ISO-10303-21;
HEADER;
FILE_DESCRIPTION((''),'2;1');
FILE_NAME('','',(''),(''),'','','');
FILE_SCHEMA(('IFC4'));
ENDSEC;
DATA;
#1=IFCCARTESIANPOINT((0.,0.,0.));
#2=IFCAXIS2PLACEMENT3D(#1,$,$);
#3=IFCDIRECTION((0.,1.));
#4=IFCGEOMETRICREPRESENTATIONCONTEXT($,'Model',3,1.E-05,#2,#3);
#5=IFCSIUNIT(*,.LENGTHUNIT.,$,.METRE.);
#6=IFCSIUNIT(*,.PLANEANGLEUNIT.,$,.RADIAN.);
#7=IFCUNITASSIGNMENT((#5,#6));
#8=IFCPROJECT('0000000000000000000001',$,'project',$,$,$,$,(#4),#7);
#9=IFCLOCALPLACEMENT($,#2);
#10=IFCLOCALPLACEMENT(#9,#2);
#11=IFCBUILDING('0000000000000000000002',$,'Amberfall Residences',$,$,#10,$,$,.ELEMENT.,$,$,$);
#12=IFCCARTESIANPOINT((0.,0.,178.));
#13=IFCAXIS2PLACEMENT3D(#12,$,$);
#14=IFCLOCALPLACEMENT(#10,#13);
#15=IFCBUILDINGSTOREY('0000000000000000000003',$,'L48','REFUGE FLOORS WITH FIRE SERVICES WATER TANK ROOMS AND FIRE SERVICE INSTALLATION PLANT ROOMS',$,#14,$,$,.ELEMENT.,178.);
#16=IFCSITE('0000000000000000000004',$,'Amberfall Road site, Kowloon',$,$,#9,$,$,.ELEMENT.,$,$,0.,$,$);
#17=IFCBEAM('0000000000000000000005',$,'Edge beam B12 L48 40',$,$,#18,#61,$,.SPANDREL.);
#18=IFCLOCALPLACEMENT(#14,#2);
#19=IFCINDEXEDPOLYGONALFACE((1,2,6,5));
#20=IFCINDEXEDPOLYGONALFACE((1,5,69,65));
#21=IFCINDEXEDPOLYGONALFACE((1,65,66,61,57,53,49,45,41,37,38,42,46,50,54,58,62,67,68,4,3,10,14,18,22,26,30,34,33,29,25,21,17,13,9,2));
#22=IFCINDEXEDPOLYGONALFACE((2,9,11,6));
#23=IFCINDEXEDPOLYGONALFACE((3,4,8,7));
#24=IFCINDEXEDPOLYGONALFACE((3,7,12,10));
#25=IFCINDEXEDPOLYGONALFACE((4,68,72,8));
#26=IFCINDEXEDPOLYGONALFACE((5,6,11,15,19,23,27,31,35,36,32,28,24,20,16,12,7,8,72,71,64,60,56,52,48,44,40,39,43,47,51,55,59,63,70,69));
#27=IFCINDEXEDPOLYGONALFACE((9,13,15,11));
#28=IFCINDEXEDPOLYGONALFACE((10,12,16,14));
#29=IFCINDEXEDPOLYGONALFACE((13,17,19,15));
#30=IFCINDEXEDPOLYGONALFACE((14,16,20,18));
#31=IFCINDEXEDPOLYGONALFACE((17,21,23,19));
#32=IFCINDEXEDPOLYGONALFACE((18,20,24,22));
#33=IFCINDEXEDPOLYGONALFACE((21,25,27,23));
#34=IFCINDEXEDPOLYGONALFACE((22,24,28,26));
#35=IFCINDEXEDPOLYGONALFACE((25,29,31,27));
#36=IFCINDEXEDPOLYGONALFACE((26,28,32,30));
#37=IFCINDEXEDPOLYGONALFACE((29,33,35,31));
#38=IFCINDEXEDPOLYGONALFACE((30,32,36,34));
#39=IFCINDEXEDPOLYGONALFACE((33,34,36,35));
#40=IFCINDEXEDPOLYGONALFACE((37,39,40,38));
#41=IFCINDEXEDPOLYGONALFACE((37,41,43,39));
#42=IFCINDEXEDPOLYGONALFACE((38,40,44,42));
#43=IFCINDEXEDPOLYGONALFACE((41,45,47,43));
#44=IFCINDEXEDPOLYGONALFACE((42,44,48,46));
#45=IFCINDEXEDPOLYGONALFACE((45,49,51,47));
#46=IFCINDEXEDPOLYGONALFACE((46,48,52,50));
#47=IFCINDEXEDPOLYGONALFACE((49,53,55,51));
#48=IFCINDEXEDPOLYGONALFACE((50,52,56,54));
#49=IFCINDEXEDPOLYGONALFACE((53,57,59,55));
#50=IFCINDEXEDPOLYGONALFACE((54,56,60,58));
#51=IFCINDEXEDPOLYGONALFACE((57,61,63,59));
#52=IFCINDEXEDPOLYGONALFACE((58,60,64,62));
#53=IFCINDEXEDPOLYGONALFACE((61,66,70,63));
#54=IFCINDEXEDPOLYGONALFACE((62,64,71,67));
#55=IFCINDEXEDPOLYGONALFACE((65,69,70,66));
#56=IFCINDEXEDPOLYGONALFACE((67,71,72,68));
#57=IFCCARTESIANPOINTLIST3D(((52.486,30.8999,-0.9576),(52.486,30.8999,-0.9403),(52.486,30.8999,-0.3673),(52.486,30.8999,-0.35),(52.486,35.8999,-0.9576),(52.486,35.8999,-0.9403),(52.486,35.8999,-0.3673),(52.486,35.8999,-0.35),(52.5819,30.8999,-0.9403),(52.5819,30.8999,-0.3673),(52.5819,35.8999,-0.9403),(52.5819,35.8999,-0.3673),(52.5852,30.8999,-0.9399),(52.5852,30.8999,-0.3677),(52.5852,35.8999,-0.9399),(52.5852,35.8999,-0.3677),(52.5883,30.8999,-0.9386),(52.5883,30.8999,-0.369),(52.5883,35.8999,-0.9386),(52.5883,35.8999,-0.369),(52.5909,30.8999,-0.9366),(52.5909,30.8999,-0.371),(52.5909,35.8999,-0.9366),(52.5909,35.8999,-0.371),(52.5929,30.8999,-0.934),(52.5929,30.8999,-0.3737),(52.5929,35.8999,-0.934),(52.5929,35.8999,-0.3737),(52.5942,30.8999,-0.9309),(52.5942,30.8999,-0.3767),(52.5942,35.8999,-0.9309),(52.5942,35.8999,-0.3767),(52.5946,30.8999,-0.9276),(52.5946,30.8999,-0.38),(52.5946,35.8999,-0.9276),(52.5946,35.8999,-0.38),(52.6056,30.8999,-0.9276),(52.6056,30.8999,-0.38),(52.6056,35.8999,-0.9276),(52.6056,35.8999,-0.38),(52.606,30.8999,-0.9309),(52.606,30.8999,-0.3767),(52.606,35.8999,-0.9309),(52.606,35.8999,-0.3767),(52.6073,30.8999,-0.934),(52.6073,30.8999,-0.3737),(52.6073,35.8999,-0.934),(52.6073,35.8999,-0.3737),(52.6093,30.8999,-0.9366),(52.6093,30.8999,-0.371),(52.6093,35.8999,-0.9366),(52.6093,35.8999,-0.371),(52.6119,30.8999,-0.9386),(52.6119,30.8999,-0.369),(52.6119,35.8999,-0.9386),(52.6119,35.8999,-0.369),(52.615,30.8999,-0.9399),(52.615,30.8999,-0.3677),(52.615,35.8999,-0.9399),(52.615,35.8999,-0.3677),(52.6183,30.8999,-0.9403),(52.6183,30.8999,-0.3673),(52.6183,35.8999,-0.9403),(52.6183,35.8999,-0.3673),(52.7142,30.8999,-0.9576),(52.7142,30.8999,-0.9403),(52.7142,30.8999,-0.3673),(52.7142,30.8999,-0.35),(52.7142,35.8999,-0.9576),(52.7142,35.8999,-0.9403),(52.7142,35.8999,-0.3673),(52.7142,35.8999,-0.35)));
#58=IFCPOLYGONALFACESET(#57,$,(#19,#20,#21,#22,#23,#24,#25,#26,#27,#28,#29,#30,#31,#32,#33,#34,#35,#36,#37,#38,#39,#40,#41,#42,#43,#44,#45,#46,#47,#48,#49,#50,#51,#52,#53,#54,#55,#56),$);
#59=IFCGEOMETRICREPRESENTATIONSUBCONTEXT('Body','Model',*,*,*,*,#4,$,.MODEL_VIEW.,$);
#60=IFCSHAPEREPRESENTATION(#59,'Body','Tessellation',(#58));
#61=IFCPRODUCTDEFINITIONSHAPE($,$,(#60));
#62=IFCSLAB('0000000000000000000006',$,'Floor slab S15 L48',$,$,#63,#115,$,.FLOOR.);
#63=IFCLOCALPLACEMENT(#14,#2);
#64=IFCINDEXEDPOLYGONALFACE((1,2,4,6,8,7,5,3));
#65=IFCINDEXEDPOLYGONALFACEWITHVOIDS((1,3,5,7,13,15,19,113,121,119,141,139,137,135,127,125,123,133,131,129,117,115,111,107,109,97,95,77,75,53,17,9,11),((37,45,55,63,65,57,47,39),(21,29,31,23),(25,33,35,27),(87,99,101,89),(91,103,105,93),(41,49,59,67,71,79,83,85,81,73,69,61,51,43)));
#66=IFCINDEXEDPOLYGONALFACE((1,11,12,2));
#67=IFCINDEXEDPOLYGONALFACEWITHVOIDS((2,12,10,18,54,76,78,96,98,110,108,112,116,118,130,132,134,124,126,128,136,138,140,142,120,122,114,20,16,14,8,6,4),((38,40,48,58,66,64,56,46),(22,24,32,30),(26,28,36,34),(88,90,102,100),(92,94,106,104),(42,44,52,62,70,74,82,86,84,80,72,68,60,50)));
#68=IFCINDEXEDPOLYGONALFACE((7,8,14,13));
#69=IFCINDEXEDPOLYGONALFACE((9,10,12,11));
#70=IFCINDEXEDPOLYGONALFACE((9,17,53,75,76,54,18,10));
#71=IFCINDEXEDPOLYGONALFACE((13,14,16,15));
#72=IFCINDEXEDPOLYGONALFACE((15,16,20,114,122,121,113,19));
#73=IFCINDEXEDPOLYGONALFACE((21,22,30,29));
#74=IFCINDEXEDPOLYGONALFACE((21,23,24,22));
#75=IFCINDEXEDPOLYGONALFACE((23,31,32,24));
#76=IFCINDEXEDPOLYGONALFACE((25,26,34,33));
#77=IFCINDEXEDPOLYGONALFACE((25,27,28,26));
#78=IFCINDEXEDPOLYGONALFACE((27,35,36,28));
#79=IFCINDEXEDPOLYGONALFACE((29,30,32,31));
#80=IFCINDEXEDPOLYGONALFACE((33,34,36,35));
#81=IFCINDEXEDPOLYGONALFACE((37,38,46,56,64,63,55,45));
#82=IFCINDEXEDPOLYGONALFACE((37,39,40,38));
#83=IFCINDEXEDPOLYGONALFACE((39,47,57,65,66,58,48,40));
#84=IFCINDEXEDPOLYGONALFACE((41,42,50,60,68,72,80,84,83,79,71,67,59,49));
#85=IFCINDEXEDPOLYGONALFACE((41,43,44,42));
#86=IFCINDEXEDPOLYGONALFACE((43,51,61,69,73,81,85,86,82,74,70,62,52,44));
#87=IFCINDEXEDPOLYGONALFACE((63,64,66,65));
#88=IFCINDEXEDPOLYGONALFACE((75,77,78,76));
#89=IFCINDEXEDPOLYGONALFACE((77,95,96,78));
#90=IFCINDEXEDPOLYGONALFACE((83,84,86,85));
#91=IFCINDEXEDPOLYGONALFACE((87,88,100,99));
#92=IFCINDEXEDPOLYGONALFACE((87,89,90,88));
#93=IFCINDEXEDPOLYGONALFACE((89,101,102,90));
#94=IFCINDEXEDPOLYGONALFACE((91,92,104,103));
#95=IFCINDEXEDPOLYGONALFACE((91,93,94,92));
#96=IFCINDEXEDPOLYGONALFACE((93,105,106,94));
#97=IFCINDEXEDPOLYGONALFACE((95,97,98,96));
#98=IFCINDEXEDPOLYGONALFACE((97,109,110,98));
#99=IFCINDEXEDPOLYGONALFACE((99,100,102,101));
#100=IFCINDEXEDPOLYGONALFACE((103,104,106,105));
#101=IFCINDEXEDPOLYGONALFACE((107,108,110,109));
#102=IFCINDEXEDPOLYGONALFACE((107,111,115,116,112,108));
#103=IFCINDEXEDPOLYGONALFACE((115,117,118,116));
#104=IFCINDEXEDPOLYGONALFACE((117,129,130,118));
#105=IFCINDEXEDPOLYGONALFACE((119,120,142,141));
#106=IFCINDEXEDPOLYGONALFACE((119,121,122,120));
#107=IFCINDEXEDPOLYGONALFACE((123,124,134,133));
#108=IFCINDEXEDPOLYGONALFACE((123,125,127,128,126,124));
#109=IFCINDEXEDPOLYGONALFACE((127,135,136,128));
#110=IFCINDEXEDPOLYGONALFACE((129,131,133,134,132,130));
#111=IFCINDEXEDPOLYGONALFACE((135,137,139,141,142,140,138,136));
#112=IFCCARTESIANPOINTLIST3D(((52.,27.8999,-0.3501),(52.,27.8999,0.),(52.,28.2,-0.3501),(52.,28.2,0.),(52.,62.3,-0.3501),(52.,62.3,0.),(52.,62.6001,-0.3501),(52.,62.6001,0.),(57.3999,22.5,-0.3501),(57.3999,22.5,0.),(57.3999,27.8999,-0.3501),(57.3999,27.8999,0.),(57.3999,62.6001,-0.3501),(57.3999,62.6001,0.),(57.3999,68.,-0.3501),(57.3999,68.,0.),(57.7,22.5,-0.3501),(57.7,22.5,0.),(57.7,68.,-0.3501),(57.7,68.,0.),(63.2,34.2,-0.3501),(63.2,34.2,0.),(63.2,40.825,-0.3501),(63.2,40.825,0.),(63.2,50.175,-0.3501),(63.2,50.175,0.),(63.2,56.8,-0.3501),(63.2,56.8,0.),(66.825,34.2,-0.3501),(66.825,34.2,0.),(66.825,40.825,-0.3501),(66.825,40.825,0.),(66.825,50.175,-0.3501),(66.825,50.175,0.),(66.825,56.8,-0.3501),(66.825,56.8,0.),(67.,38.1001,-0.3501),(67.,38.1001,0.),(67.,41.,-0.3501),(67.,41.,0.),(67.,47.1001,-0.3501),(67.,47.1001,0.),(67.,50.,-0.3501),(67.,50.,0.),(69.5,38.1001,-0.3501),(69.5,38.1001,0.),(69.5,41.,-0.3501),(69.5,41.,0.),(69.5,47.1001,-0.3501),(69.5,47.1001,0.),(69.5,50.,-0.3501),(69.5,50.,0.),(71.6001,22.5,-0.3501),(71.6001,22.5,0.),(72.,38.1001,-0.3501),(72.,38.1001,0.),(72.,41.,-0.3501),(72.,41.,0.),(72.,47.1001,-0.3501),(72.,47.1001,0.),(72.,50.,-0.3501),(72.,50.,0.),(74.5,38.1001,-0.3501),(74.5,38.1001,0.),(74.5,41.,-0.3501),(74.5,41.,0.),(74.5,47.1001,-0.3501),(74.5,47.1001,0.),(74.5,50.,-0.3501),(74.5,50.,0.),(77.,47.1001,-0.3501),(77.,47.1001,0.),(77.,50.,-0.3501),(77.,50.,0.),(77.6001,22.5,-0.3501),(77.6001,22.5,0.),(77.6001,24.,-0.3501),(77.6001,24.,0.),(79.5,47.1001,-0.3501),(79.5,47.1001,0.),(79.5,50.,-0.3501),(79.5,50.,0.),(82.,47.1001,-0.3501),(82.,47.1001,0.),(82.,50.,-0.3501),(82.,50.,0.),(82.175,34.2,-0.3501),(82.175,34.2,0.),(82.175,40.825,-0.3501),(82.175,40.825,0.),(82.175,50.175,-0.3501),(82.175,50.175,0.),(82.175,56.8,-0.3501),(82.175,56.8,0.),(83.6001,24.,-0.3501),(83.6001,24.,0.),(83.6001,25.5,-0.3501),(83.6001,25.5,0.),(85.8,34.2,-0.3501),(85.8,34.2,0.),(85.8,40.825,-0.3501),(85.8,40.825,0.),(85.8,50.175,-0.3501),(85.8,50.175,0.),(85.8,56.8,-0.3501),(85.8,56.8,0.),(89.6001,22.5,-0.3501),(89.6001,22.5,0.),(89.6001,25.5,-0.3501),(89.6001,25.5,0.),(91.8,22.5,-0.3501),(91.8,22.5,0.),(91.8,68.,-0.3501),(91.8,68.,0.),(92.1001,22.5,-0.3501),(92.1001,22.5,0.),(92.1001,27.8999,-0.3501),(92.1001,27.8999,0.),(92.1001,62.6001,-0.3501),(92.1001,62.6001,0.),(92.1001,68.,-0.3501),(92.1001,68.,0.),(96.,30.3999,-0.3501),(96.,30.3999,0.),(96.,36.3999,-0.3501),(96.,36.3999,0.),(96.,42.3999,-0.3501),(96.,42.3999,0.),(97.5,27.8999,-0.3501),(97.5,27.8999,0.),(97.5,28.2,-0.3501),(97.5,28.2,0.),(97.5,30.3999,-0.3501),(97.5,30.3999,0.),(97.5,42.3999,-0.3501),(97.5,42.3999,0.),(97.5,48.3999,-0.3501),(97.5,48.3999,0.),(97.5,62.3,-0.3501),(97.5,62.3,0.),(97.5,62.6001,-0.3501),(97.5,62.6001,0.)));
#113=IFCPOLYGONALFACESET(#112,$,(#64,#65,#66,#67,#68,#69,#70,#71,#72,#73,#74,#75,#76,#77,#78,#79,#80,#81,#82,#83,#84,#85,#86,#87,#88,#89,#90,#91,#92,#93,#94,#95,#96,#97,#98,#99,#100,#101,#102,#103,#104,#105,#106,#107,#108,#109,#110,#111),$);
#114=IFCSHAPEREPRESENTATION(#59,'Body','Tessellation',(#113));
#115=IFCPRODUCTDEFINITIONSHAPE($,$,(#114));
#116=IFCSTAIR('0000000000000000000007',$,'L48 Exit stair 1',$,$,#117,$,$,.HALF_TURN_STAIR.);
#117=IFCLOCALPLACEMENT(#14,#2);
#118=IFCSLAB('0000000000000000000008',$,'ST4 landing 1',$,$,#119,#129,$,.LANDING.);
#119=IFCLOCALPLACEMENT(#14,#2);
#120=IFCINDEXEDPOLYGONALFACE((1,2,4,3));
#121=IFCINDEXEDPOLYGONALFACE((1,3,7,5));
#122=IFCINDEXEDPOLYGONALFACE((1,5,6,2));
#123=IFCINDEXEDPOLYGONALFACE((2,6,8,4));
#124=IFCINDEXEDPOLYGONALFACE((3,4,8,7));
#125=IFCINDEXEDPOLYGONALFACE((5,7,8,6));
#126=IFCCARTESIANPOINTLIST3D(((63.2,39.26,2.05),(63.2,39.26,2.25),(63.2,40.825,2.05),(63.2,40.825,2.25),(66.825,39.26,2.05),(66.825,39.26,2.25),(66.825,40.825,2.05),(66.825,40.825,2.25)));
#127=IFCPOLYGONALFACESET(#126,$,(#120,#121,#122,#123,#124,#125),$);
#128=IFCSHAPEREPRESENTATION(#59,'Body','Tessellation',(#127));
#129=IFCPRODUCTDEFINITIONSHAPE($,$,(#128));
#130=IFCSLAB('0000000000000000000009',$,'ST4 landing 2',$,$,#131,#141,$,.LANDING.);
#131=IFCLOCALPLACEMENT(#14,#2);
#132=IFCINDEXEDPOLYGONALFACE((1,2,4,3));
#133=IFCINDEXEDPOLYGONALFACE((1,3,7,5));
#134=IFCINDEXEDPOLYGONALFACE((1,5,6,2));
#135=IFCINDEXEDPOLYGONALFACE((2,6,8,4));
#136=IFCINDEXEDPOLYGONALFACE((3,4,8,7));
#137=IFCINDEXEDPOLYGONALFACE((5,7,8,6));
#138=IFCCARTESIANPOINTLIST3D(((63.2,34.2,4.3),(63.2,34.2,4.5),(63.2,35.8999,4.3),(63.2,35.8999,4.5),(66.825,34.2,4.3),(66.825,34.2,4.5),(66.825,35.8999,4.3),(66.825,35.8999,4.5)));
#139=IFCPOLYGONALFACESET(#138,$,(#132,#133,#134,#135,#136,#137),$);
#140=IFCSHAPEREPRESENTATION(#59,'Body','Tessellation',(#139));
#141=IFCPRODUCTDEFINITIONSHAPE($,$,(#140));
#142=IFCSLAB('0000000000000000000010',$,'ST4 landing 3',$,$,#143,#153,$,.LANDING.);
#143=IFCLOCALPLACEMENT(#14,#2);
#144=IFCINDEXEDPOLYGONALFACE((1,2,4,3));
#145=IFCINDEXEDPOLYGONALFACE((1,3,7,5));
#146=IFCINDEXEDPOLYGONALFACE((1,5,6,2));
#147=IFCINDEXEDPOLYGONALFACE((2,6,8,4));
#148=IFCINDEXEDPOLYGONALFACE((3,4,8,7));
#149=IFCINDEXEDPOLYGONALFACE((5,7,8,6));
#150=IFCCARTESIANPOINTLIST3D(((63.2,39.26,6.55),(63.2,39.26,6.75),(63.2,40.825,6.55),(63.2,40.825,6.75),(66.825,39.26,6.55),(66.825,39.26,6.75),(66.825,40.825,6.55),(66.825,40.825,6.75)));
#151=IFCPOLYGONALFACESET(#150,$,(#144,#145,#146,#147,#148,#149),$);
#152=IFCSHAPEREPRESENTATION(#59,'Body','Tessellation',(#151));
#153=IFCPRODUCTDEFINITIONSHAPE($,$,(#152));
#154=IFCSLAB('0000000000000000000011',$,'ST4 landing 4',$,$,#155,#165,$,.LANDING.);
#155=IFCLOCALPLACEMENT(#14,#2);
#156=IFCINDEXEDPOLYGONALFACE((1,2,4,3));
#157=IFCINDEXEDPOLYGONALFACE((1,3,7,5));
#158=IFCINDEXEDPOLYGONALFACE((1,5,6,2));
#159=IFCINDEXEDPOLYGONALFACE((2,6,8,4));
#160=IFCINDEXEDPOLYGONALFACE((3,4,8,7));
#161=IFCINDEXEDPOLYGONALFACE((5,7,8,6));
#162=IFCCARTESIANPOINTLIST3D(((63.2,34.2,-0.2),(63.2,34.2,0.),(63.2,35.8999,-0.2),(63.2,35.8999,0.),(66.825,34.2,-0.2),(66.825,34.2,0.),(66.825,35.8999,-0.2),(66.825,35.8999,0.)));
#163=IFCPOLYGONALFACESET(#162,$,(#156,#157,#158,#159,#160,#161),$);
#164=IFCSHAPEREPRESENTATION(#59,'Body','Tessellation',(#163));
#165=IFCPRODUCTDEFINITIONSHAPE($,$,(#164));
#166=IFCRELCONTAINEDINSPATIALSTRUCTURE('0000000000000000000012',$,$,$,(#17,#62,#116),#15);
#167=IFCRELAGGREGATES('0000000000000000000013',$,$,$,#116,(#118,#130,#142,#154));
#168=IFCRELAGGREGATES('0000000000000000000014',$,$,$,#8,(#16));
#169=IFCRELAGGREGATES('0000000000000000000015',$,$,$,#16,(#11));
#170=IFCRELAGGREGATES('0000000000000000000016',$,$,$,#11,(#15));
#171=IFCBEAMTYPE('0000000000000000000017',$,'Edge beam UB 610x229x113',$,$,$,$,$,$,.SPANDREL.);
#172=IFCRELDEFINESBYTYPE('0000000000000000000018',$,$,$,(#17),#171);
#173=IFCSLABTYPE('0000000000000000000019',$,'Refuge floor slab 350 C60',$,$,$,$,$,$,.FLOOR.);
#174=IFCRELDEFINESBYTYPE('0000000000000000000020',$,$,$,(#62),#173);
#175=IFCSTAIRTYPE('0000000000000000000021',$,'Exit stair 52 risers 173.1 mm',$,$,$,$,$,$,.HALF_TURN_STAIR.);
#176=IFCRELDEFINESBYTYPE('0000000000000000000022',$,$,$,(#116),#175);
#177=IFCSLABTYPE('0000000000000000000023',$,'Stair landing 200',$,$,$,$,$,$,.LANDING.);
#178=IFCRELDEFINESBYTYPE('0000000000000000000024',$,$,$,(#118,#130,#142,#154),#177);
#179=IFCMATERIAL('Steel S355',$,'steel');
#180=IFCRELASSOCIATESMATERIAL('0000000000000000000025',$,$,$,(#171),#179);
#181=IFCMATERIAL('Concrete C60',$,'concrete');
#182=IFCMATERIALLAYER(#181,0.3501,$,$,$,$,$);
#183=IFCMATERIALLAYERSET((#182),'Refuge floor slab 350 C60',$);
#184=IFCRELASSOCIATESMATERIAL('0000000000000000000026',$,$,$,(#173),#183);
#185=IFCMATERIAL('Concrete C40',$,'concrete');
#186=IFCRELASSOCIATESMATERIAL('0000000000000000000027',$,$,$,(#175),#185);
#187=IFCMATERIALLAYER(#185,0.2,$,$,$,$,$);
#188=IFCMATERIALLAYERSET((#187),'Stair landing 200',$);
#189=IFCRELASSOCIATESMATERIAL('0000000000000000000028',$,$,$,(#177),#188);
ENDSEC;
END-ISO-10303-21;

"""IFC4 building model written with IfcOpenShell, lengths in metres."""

from ifc_helpers import new_model, si_unit, direction, frame, origin, origin_2d, place, context, subcontext, project, spatial, polyline, i_section, outline, extrude, material, layer, layer_set, material_profile, profile_set, type_object, element, aggregate, save


model = new_model("IFC4")

# Units and contexts
model_context = context("Model", 3, precision=1e-05, world=origin(), true_north=direction((0.0, 1.0)))
body_context = subcontext(model_context, "Body", "Model", "MODEL_VIEW")
ifc_project = project(units=[si_unit("LENGTHUNIT", "METRE"), si_unit("PLANEANGLEUNIT", "RADIAN")], contexts=[model_context])

# Site, building, storey
site_placement = place(None, origin())
site = spatial("IfcSite", under=ifc_project, at=site_placement, Name="Amberfall Road site, Kowloon", CompositionType="ELEMENT", RefElevation=0.0)
building_placement = place(site_placement, origin())
building = spatial("IfcBuilding", under=site, at=building_placement, Name="Amberfall Residences", CompositionType="ELEMENT")
storey_placement = place(building_placement, frame((0.0, 0.0, 178.0)))
storey = spatial("IfcBuildingStorey", under=building, at=storey_placement, Name="L48", Description="REFUGE FLOORS WITH FIRE SERVICES WATER TANK ROOMS AND FIRE SERVICE INSTALLATION PLANT ROOMS", CompositionType="ELEMENT", Elevation=178.0)

# Shared definitions
ifc_material_1 = material(Name="Concrete C60", Category="concrete")

# Beam
ifc_material_2 = material(Name="Steel S355", Category="steel")
ifc_material_profile_1 = material_profile(ifc_material_2, i_section(OverallWidth=0.2283, OverallDepth=0.6077, WebThickness=0.011, FlangeThickness=0.0173, FilletRadius=0.0127, at=origin_2d()), Name="UB 610x229x113")
ifc_profile_set_1 = profile_set([ifc_material_profile_1], Name="Steel S355")
beam_type_1 = type_object("IfcBeamType", Name="Edge beam UB 610x229x113", PredefinedType="SPANDREL", material=ifc_profile_set_1)
beam_placement = place(storey_placement, frame((52.6001, 30.8999, -0.6538), z_axis=(0.0, 1.0, 0.0), x_axis=(-1.0, 0.0, 0.0)))
element("IfcBeam", 1, at=beam_placement, inside=storey, type_object=beam_type_1, Name="Edge beam B12 L48 40", PredefinedType="SPANDREL", context=body_context, shape_type="SweptSolid", body=[
    extrude(i_section(OverallWidth=0.2283, OverallDepth=0.6077, WebThickness=0.011, FlangeThickness=0.0173, FilletRadius=0.0127, at=origin_2d()), origin(), (0.0, 0.0, 1.0), 5.0),
])

# Slab
ifc_layer_1 = layer(ifc_material_1, 0.3501)
ifc_layer_set_1 = layer_set([ifc_layer_1], Name="Refuge floor slab 350 C60")
slab_type_1 = type_object("IfcSlabType", Name="Refuge floor slab 350 C60", PredefinedType="FLOOR", material=ifc_layer_set_1)
slab_1_placement = place(storey_placement, frame((0.0, 0.0, -0.3501)))
element("IfcSlab", 2, at=slab_1_placement, inside=storey, type_object=slab_type_1, Name="Floor slab S15 L48", PredefinedType="FLOOR", context=body_context, shape_type="SweptSolid", body=[
    extrude(outline(polyline([(89.6001, 22.5), (89.6001, 25.5), (83.6001, 25.5), (83.6001, 24.0), (77.6001, 24.0), (77.6001, 22.5), (71.6001, 22.5), (57.7, 22.5), (57.3999, 22.5), (57.3999, 27.8999), (52.0, 27.8999), (52.0, 28.2), (52.0, 62.3), (52.0, 62.6001), (57.3999, 62.6001), (57.3999, 68.0), (57.7, 68.0), (91.8, 68.0), (92.1001, 68.0), (92.1001, 62.6001), (97.5, 62.6001), (97.5, 62.3), (97.5, 48.3999), (97.5, 42.3999), (96.0, 42.3999), (96.0, 36.3999), (96.0, 30.3999), (97.5, 30.3999), (97.5, 28.2), (97.5, 27.8999), (92.1001, 27.8999), (92.1001, 22.5), (91.8, 22.5), (89.6001, 22.5)]), holes=[polyline([(85.8, 34.2), (85.8, 40.825), (82.175, 40.825), (82.175, 34.2), (85.8, 34.2)]), polyline([(85.8, 50.175), (85.8, 56.8), (82.175, 56.8), (82.175, 50.175), (85.8, 50.175)]), polyline([(67.0, 50.0), (67.0, 47.1001), (69.5, 47.1001), (72.0, 47.1001), (74.5, 47.1001), (77.0, 47.1001), (79.5, 47.1001), (82.0, 47.1001), (82.0, 50.0), (79.5, 50.0), (77.0, 50.0), (74.5, 50.0), (72.0, 50.0), (69.5, 50.0), (67.0, 50.0)]), polyline([(69.5, 41.0), (67.0, 41.0), (67.0, 38.1001), (69.5, 38.1001), (72.0, 38.1001), (74.5, 38.1001), (74.5, 41.0), (72.0, 41.0), (69.5, 41.0)]), polyline([(66.825, 40.825), (63.2, 40.825), (63.2, 34.2), (66.825, 34.2), (66.825, 40.825)]), polyline([(66.825, 56.8), (63.2, 56.8), (63.2, 50.175), (66.825, 50.175), (66.825, 56.8)])]), origin(), (0.0, 0.0, 1.0), 0.3501),
])

# Stair, slabs
ifc_material_3 = material(Name="Concrete C40", Category="concrete")
stair_type = type_object("IfcStairType", Name="Exit stair 52 risers 173.1 mm", PredefinedType="HALF_TURN_STAIR", material=ifc_material_3)
stair_1_placement = place(storey_placement, origin())
stair_1 = element("IfcStair", 3, at=stair_1_placement, inside=storey, type_object=stair_type, Name="L48 Exit stair 1", PredefinedType="HALF_TURN_STAIR")
ifc_layer_2 = layer(ifc_material_3, 0.2)
ifc_layer_set_2 = layer_set([ifc_layer_2], Name="Stair landing 200")
slab_type_2 = type_object("IfcSlabType", Name="Stair landing 200", PredefinedType="LANDING", material=ifc_layer_set_2)
slab_2_placement = place(storey_placement, frame((0.0, 0.0, 2.05)))
slab_2 = element("IfcSlab", 4, at=slab_2_placement, type_object=slab_type_2, Name="ST4 landing 1", PredefinedType="LANDING", context=body_context, shape_type="SweptSolid", body=[
    extrude(outline(polyline([(66.825, 39.26), (66.825, 40.825), (63.2, 40.825), (63.2, 39.26), (66.825, 39.26)])), origin(), (0.0, 0.0, 1.0), 0.2),
])
slab_3_placement = place(storey_placement, frame((0.0, 0.0, 4.3)))
slab_3 = element("IfcSlab", 5, at=slab_3_placement, type_object=slab_type_2, Name="ST4 landing 2", PredefinedType="LANDING", context=body_context, shape_type="SweptSolid", body=[
    extrude(outline(polyline([(66.825, 34.2), (66.825, 35.8999), (63.2, 35.8999), (63.2, 34.2), (66.825, 34.2)])), origin(), (0.0, 0.0, 1.0), 0.2),
])
slab_4_placement = place(storey_placement, frame((0.0, 0.0, 6.55)))
slab_4 = element("IfcSlab", 6, at=slab_4_placement, type_object=slab_type_2, Name="ST4 landing 3", PredefinedType="LANDING", context=body_context, shape_type="SweptSolid", body=[
    extrude(outline(polyline([(66.825, 39.26), (66.825, 40.825), (63.2, 40.825), (63.2, 39.26), (66.825, 39.26)])), origin(), (0.0, 0.0, 1.0), 0.2),
])
slab_5_placement = place(storey_placement, frame((0.0, 0.0, -0.2)))
slab_5 = element("IfcSlab", 7, at=slab_5_placement, type_object=slab_type_2, Name="ST4 landing 4", PredefinedType="LANDING", context=body_context, shape_type="SweptSolid", body=[
    extrude(outline(polyline([(66.825, 34.2), (66.825, 35.8999), (63.2, 35.8999), (63.2, 34.2), (66.825, 34.2)])), origin(), (0.0, 0.0, 1.0), 0.2),
])
aggregate(stair_1, [slab_2, slab_3, slab_4, slab_5])

save(model, "model.ifc")
